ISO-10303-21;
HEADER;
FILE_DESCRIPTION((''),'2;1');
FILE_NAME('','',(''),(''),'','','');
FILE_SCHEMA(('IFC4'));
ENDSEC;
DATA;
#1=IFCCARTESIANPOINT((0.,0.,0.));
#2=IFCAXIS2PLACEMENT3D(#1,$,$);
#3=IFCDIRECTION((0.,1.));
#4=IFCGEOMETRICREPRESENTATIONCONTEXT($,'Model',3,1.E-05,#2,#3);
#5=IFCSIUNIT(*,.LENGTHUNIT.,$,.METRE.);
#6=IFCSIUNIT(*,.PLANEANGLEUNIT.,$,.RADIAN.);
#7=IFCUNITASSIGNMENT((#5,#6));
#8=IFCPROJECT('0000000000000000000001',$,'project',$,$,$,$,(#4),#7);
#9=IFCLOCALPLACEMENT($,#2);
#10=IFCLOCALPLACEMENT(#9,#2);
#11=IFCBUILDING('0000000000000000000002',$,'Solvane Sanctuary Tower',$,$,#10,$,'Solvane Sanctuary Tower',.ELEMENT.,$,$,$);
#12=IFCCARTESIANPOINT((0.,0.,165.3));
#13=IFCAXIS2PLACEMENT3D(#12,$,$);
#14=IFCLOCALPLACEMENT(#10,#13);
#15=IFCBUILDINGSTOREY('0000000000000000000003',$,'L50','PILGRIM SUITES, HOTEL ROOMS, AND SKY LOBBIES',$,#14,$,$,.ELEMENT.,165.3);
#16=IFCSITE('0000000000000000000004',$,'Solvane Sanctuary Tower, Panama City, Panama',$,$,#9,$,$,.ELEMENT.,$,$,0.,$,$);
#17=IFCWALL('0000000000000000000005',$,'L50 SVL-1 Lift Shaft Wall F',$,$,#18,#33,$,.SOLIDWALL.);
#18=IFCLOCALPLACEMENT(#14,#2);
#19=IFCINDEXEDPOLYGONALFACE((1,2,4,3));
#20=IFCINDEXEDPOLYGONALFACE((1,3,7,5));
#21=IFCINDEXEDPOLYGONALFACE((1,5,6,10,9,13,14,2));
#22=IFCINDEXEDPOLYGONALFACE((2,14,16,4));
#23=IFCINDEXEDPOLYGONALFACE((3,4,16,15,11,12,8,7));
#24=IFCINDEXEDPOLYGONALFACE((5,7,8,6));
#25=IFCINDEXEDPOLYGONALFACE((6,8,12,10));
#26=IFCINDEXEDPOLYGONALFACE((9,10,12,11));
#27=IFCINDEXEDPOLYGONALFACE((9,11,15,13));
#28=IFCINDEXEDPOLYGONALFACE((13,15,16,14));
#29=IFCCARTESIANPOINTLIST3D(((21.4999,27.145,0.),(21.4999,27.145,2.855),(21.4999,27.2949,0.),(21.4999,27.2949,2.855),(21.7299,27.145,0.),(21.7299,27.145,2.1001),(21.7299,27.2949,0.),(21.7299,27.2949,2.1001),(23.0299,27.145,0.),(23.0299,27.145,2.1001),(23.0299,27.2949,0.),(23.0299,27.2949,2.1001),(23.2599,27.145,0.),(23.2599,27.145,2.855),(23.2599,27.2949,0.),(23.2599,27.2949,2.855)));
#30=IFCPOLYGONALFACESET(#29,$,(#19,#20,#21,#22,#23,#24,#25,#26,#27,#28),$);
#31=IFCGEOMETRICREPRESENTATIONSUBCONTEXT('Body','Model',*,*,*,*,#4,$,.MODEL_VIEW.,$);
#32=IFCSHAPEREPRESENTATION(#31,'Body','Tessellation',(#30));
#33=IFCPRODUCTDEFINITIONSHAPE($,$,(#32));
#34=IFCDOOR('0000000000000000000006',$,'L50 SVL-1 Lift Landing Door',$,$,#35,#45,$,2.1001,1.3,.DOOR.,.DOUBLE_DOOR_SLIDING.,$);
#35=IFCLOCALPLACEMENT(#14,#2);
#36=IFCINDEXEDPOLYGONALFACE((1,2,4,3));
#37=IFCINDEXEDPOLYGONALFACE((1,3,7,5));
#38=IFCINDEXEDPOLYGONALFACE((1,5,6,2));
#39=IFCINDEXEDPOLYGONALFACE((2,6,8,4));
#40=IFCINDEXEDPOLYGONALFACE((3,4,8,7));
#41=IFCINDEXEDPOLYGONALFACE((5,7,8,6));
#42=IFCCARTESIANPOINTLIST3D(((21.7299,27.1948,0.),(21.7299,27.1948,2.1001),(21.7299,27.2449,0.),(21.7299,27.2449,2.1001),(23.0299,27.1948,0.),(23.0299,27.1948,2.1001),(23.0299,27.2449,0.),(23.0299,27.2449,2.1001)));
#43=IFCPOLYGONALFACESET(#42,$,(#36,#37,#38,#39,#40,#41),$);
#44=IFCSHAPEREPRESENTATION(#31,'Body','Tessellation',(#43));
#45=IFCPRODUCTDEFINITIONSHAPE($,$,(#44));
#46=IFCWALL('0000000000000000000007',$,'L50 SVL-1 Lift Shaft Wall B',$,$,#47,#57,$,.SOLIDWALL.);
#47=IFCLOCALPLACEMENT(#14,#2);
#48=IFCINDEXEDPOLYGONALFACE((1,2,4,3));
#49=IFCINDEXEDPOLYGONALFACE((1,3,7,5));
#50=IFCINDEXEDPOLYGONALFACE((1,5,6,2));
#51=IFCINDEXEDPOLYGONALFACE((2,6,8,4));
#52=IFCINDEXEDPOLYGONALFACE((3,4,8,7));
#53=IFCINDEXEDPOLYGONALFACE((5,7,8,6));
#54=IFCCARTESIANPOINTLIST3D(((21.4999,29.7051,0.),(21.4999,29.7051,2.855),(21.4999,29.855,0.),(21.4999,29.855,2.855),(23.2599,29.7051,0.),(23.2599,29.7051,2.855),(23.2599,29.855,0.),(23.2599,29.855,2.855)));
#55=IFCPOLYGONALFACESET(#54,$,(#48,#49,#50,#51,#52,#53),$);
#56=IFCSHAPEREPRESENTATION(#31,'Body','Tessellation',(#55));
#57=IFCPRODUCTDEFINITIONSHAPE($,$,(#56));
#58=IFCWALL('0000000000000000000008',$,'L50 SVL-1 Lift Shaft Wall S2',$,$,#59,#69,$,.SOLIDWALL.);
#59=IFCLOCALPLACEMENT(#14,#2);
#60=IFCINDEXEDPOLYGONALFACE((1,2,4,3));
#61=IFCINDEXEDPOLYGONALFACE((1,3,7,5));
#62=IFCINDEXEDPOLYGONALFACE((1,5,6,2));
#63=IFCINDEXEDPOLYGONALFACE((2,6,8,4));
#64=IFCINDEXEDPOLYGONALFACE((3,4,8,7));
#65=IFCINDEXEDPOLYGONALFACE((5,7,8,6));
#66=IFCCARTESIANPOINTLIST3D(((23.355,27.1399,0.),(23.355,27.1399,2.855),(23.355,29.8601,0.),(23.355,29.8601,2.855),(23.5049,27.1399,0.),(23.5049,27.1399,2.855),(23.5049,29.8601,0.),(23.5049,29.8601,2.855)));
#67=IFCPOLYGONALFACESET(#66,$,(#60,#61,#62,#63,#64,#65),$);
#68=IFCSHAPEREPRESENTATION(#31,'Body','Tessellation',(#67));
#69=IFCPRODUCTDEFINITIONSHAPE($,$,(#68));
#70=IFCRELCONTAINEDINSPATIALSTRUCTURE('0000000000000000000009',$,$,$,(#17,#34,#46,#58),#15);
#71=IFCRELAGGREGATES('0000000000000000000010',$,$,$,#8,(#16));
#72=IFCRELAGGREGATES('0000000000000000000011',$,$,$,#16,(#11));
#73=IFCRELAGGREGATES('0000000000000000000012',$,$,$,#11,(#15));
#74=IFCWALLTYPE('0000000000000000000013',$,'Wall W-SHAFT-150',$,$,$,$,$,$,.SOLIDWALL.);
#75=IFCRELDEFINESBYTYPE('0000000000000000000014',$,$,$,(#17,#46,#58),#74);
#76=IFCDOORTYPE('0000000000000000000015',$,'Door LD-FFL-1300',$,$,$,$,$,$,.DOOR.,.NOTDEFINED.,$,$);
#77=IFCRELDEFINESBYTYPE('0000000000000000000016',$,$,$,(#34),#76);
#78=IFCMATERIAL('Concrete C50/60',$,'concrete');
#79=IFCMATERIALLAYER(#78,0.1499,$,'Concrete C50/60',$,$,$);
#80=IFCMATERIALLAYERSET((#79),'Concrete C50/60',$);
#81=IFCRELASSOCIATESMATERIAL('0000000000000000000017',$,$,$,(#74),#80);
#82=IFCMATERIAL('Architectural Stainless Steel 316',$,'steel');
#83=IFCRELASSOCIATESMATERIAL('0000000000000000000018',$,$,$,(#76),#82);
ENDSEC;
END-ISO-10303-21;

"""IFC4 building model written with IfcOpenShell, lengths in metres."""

from ifc_helpers import new_model, si_unit, direction, frame, frame_2d, origin, place, context, subcontext, project, spatial, rectangle, extrude, material, layer, layer_set, type_object, element, fill, save


model = new_model("IFC4")

# Units and contexts
model_context = context("Model", 3, precision=1e-05, world=origin(), true_north=direction((0.0, 1.0)))
body_context = subcontext(model_context, "Body", "Model", "MODEL_VIEW")
ifc_project = project(units=[si_unit("LENGTHUNIT", "METRE"), si_unit("PLANEANGLEUNIT", "RADIAN")], contexts=[model_context])

# Site, building, storey
site_placement = place(None, origin())
site = spatial("IfcSite", under=ifc_project, at=site_placement, Name="Solvane Sanctuary Tower, Panama City, Panama", CompositionType="ELEMENT", RefElevation=0.0)
building_placement = place(site_placement, origin())
building = spatial("IfcBuilding", under=site, at=building_placement, Name="Solvane Sanctuary Tower", LongName="Solvane Sanctuary Tower", CompositionType="ELEMENT")
storey_placement = place(building_placement, frame((0.0, 0.0, 165.3)))
storey = spatial("IfcBuildingStorey", under=building, at=storey_placement, Name="L50", Description="PILGRIM SUITES, HOTEL ROOMS, AND SKY LOBBIES", CompositionType="ELEMENT", Elevation=165.3)

# Shared definitions
ifc_material_1 = material(Name="Concrete C50/60", Category="concrete")

# Shared definitions
ifc_material_2 = material(Name="Architectural Stainless Steel 316", Category="steel")

# Shared definitions
ifc_layer_1 = layer(ifc_material_1, 0.1499, Name="Concrete C50/60")
ifc_layer_set_1 = layer_set([ifc_layer_1], Name="Concrete C50/60")
wall_type_1 = type_object("IfcWallType", Name="Wall W-SHAFT-150", PredefinedType="SOLIDWALL", material=ifc_layer_set_1)

# Wall, opening, door
wall_1_placement = place(storey_placement, frame((21.5, 27.22, 0.0), z_axis=(0.0, 0.0, 1.0), x_axis=(1.0, 0.0, 0.0)))
wall_1 = element("IfcWall", 1, at=wall_1_placement, inside=storey, type_object=wall_type_1, Name="L50 SVL-1 Lift Shaft Wall F", PredefinedType="SOLIDWALL", context=body_context, shape_type="SweptSolid", body=[
    extrude(rectangle(XDim=1.76, YDim=0.1499, at=frame_2d((0.8799, 0.0))), origin(), (0.0, 0.0, 1.0), 2.855),
])
opening_1_placement = place(wall_1_placement, frame((0.23, 0.0, 0.0)))
opening_1 = element("IfcOpeningElement", 2, at=opening_1_placement, cuts=wall_1, PredefinedType="OPENING", context=body_context, shape_type="SweptSolid", body=[
    extrude(rectangle(XDim=1.3, YDim=2.1001, at=frame_2d((0.6499, 1.05))), frame((0.0, 0.085, 0.0), z_axis=(0.0, -1.0, 0.0), x_axis=(1.0, 0.0, 0.0)), (0.0, 0.0, 1.0), 0.1699),
])
door_type_1 = type_object("IfcDoorType", Name="Door LD-FFL-1300", OperationType="NOTDEFINED", PredefinedType="DOOR", material=ifc_material_2)
door_1_placement = place(opening_1_placement, origin())
door_1 = element("IfcDoor", 3, at=door_1_placement, inside=storey, type_object=door_type_1, Name="L50 SVL-1 Lift Landing Door", OperationType="DOUBLE_DOOR_SLIDING", OverallHeight=2.1001, OverallWidth=1.3, PredefinedType="DOOR", context=body_context, shape_type="SweptSolid", body=[
    extrude(rectangle(XDim=1.3, YDim=2.1001, at=frame_2d((0.6499, 1.05))), frame((0.0, 0.0249, 0.0), z_axis=(0.0, -1.0, 0.0), x_axis=(1.0, 0.0, 0.0)), (0.0, 0.0, 1.0), 0.05),
])
fill(opening_1, door_1)

# Walls
wall_2_placement = place(storey_placement, frame((21.5, 29.78, 0.0), z_axis=(0.0, 0.0, 1.0), x_axis=(1.0, 0.0, 0.0)))
element("IfcWall", 4, at=wall_2_placement, inside=storey, type_object=wall_type_1, Name="L50 SVL-1 Lift Shaft Wall B", PredefinedType="SOLIDWALL", context=body_context, shape_type="SweptSolid", body=[
    extrude(rectangle(XDim=1.76, YDim=0.1499, at=frame_2d((0.8799, 0.0))), origin(), (0.0, 0.0, 1.0), 2.855),
])
wall_3_placement = place(storey_placement, frame((23.4299, 27.1399, 0.0), z_axis=(0.0, 0.0, 1.0), x_axis=(0.0, 1.0, 0.0)))
element("IfcWall", 5, at=wall_3_placement, inside=storey, type_object=wall_type_1, Name="L50 SVL-1 Lift Shaft Wall S2", PredefinedType="SOLIDWALL", context=body_context, shape_type="SweptSolid", body=[
    extrude(rectangle(XDim=2.7202, YDim=0.1499, at=frame_2d((1.3601, 0.0))), origin(), (0.0, 0.0, 1.0), 2.855),
])

save(model, "model.ifc")
